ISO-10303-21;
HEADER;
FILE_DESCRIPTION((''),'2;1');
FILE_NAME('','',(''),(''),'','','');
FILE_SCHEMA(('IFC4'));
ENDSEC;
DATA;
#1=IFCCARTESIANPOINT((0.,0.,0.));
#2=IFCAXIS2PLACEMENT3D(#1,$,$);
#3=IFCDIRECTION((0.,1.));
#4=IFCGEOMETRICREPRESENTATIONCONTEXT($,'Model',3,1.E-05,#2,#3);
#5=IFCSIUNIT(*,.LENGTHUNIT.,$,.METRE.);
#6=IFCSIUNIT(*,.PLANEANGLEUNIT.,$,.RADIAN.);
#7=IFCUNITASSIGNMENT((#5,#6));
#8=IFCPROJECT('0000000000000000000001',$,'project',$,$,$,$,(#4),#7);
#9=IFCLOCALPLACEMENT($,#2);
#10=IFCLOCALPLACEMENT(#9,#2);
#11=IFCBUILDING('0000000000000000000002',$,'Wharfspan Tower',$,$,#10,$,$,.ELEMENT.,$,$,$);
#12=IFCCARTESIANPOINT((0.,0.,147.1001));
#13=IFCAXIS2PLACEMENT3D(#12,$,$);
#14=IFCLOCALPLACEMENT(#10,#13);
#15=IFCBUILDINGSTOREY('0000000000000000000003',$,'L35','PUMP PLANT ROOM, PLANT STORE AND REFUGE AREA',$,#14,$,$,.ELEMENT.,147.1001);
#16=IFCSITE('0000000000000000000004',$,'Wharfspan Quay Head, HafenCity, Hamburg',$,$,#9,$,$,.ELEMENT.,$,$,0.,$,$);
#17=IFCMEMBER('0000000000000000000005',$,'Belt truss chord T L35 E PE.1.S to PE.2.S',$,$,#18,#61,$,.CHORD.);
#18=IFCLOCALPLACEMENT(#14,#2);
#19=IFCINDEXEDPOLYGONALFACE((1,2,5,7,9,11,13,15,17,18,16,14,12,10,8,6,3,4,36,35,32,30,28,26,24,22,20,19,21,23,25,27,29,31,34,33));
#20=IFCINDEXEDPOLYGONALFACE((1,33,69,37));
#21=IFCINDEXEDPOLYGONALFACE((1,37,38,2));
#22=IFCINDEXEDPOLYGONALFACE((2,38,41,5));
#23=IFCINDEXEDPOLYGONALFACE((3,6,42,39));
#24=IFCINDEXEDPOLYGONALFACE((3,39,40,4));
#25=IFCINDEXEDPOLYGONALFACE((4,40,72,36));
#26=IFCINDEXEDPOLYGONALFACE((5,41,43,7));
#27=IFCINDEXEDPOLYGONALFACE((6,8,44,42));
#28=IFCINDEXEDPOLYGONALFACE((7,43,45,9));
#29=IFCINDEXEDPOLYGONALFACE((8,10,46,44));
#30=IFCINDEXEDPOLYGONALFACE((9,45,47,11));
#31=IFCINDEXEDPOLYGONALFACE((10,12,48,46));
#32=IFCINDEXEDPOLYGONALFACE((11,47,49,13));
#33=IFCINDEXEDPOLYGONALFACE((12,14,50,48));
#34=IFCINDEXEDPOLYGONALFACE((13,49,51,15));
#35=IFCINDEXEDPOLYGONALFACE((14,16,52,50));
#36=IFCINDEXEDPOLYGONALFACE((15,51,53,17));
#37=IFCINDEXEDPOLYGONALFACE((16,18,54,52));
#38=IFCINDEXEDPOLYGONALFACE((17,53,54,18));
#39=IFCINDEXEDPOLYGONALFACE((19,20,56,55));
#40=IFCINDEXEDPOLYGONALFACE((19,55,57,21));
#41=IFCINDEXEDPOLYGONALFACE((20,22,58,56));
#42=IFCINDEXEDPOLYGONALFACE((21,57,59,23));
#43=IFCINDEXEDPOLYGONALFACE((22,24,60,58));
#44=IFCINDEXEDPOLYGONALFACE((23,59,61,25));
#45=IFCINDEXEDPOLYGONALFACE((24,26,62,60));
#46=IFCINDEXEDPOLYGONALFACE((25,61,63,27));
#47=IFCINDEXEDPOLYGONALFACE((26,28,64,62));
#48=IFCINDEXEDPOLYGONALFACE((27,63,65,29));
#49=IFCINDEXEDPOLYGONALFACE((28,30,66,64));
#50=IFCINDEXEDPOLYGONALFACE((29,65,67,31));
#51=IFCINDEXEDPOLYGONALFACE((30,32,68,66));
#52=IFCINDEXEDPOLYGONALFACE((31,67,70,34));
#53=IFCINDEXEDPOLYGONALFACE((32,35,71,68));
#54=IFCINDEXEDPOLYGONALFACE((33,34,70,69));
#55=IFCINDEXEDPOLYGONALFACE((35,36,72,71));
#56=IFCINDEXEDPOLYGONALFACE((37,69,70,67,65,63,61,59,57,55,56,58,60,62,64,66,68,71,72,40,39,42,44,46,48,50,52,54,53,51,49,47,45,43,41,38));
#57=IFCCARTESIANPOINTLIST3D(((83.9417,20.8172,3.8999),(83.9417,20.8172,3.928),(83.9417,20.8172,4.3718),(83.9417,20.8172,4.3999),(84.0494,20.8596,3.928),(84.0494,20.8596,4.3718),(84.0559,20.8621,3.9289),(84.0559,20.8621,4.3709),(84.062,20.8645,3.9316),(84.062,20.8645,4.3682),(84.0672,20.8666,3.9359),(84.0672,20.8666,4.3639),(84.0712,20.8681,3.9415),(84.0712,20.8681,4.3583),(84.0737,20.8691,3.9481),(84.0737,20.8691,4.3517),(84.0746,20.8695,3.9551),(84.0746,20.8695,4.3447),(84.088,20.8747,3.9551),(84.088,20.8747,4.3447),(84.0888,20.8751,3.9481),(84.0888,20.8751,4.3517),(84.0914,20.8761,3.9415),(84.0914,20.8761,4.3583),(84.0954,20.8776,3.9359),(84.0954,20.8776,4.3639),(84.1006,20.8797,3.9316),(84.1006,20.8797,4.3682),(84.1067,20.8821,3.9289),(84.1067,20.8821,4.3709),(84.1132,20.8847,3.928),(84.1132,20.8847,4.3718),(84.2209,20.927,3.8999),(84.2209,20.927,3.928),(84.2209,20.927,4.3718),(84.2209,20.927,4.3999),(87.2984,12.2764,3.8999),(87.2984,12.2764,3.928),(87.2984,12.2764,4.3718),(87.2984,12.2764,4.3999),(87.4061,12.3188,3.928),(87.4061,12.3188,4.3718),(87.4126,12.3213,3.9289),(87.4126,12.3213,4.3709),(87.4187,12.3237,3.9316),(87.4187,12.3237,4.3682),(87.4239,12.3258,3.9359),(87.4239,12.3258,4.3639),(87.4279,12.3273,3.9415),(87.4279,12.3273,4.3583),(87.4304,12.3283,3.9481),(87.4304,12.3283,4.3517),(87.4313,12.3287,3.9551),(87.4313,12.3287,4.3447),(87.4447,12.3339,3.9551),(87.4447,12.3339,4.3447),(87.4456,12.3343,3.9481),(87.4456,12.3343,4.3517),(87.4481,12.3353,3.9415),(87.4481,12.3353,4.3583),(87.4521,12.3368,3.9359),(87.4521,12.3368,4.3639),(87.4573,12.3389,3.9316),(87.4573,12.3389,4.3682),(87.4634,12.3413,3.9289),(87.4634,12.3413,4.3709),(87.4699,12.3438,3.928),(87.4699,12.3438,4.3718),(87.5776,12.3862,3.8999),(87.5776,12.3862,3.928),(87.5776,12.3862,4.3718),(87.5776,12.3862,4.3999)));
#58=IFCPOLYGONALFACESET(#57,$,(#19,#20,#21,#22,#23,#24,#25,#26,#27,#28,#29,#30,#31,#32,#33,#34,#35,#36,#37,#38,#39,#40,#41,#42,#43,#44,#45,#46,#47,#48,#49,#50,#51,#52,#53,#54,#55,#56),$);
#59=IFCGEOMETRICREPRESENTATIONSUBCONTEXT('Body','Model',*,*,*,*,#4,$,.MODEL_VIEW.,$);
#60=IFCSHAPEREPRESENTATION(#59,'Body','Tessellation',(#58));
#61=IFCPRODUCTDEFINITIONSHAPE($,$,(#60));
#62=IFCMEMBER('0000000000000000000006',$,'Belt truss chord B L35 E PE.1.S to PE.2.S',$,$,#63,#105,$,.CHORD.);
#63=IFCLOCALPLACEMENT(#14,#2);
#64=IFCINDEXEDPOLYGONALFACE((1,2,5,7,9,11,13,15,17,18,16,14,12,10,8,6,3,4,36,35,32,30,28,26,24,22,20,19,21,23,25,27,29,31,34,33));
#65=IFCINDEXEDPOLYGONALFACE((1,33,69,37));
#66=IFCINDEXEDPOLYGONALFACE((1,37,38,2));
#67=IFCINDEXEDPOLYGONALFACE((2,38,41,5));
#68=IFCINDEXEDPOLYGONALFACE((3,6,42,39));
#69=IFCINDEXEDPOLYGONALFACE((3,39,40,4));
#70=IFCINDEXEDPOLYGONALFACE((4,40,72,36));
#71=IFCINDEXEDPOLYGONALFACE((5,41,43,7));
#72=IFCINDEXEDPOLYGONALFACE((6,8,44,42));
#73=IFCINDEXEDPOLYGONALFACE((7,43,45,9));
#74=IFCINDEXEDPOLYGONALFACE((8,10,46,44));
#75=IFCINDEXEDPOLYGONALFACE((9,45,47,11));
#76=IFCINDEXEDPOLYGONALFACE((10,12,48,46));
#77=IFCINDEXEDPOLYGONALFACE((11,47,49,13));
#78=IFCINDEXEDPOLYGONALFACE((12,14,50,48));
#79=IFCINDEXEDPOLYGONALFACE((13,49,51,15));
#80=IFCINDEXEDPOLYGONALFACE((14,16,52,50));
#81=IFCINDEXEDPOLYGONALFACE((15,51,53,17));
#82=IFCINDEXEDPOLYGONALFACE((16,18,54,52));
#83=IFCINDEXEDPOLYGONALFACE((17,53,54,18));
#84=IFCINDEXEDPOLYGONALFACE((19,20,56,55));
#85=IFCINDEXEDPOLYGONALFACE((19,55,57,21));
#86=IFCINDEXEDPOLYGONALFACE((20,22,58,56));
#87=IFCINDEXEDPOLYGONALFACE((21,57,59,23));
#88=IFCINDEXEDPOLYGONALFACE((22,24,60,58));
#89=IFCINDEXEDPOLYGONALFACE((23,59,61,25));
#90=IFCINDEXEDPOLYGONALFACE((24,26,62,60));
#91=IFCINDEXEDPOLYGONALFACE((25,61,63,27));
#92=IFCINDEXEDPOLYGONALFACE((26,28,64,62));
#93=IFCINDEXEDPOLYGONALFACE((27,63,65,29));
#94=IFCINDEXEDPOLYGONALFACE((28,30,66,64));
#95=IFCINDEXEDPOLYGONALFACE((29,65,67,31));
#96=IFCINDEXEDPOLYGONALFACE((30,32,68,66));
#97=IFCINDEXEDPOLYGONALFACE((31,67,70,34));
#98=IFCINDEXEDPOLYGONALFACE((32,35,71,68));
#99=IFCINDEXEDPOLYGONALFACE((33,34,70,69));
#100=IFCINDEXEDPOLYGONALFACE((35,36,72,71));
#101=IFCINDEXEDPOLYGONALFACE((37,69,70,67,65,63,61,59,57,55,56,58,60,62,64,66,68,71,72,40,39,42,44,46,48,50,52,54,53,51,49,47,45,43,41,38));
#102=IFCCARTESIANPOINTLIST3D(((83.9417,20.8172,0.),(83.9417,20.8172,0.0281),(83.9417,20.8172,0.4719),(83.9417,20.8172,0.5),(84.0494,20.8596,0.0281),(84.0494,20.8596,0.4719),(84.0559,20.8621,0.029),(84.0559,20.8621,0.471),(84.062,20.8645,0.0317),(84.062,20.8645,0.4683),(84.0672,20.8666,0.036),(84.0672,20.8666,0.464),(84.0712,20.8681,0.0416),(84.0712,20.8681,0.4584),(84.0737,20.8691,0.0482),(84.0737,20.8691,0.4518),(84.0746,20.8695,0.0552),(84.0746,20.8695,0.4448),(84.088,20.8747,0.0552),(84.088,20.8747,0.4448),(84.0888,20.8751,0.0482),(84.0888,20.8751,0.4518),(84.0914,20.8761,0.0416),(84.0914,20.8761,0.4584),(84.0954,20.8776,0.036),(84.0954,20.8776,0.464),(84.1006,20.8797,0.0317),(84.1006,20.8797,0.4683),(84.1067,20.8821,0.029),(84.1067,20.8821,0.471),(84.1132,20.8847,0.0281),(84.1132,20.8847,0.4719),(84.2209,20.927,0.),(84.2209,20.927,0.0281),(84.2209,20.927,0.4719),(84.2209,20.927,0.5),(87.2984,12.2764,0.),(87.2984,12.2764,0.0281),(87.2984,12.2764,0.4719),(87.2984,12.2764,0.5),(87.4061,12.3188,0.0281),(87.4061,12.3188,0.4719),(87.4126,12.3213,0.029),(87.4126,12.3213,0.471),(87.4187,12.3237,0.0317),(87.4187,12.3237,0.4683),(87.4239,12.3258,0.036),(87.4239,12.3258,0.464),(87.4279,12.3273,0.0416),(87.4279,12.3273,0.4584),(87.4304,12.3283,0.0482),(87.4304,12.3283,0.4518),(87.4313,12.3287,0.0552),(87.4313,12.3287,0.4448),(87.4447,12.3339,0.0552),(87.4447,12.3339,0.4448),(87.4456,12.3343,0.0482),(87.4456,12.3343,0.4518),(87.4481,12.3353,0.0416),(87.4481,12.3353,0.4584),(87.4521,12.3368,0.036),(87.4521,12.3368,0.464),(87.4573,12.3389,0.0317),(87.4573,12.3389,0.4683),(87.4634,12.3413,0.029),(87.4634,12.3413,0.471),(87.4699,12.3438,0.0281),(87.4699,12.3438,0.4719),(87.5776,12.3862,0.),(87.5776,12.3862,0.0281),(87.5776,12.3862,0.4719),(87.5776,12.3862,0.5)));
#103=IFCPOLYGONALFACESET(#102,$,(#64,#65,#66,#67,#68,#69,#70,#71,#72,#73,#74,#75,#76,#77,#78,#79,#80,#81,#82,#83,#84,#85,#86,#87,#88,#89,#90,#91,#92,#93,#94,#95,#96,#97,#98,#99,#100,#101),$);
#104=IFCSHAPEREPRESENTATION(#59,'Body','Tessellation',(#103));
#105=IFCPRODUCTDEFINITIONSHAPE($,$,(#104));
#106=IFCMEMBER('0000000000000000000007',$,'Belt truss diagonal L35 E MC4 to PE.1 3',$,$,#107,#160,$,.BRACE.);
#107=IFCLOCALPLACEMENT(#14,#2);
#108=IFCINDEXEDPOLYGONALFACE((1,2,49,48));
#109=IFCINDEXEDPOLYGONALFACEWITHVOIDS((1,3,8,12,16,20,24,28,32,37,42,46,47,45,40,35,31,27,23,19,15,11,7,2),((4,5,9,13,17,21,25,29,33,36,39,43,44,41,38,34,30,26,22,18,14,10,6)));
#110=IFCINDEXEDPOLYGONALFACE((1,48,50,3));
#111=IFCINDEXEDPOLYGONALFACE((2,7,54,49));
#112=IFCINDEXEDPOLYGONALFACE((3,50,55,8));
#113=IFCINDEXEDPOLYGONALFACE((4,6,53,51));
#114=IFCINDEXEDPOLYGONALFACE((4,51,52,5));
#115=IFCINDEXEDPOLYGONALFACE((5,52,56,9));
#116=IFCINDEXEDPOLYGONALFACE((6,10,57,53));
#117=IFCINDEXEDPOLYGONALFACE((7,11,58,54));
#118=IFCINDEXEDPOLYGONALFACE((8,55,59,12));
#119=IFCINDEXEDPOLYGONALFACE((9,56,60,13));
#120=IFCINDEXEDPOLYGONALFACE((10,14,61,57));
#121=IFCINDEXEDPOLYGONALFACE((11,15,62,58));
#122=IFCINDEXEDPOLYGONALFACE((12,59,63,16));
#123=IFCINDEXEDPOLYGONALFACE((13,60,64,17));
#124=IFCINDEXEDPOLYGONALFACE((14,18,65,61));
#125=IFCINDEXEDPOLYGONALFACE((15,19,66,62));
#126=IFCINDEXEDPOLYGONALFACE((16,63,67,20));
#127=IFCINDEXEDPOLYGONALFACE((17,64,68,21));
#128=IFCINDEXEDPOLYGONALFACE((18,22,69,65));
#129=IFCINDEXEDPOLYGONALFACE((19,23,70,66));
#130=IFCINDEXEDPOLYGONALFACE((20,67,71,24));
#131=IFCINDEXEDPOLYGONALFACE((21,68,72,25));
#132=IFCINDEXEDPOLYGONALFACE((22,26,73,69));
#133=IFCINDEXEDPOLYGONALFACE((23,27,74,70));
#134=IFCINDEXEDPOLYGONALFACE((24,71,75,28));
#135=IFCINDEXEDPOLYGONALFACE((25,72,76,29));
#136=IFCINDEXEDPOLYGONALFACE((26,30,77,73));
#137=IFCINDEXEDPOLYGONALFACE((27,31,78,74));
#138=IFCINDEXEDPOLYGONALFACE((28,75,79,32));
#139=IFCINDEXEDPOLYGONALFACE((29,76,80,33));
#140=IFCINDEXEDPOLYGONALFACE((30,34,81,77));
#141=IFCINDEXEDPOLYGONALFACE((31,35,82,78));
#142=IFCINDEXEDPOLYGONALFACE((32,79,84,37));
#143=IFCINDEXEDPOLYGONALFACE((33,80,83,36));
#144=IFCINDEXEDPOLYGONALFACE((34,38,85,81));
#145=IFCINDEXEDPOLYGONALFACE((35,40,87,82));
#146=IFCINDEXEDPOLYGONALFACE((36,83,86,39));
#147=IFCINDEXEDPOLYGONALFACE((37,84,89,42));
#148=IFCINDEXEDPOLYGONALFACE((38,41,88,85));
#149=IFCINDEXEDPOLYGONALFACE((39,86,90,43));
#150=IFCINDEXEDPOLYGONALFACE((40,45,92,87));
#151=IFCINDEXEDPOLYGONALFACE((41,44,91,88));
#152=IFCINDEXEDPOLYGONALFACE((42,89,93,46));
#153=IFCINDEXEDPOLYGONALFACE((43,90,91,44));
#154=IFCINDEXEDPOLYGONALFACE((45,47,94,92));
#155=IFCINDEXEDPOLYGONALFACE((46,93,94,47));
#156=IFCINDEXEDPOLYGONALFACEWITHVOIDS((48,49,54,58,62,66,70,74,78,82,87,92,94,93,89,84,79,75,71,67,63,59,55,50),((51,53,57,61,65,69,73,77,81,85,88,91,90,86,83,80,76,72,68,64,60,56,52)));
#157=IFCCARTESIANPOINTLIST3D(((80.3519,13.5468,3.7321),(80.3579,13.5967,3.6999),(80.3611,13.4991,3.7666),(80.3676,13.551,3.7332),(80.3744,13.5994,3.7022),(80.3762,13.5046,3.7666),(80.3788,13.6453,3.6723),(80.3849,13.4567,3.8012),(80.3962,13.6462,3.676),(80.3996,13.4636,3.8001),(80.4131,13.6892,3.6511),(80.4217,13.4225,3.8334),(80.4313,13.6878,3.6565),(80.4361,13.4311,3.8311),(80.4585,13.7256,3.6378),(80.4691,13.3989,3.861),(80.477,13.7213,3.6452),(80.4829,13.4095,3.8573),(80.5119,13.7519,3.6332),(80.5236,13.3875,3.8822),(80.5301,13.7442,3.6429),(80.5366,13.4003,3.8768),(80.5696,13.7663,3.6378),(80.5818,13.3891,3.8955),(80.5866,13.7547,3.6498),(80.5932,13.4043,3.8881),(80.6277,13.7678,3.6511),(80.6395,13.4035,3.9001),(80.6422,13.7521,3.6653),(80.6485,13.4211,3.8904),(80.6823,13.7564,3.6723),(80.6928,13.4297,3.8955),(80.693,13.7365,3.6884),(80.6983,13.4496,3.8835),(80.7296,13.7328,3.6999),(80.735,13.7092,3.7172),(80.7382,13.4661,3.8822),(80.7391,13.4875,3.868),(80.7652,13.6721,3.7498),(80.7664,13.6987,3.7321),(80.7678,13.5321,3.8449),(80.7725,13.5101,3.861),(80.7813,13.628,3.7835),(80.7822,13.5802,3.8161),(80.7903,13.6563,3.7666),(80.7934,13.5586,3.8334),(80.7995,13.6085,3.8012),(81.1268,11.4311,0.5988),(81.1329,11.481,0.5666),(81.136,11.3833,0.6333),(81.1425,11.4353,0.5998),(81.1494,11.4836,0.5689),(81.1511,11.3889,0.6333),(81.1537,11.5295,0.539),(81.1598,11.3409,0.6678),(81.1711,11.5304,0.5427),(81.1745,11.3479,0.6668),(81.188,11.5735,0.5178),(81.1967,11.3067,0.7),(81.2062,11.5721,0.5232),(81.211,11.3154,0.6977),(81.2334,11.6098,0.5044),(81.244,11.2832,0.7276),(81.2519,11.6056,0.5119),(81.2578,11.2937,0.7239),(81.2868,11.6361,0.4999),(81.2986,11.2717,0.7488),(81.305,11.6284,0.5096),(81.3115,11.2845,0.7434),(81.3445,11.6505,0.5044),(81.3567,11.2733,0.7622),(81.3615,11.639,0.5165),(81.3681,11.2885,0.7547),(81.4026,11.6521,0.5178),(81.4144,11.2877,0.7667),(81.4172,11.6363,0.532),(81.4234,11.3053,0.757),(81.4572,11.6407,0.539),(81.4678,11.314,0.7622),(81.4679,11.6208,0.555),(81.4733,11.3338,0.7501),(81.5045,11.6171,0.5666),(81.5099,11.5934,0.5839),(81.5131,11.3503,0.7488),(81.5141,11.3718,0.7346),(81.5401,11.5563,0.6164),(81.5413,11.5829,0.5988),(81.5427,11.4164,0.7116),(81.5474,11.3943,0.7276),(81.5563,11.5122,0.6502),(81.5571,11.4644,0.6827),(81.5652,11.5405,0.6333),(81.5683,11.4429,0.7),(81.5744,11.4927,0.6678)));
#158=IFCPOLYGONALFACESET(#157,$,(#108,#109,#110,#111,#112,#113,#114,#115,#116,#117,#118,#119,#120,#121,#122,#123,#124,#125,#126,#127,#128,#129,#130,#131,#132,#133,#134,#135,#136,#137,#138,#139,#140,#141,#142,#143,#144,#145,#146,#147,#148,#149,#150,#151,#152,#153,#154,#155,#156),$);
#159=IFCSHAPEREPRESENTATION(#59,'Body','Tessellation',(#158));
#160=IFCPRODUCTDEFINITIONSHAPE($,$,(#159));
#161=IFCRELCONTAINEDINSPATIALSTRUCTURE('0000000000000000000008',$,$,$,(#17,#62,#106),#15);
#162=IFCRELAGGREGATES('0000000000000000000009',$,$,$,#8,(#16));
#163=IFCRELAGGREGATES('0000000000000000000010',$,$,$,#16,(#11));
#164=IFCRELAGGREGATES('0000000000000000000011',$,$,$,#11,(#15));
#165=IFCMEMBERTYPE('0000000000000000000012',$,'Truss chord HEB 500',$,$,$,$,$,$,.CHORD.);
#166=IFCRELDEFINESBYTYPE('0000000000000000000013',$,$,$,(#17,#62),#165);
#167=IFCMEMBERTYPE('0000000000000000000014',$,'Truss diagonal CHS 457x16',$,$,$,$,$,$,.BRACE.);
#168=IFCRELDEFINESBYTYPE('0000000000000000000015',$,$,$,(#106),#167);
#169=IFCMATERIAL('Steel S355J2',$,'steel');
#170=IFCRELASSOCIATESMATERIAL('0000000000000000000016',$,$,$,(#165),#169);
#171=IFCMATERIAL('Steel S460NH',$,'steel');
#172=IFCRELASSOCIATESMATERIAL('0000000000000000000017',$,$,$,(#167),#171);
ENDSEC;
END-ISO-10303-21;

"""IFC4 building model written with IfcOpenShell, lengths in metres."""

from ifc_helpers import new_model, si_unit, direction, frame, origin, origin_2d, place, context, subcontext, project, spatial, hollow_circle, i_section, extrude, material, material_profile, profile_set, type_object, element, save


model = new_model("IFC4")

# Units and contexts
model_context = context("Model", 3, precision=1e-05, world=origin(), true_north=direction((0.0, 1.0)))
body_context = subcontext(model_context, "Body", "Model", "MODEL_VIEW")
ifc_project = project(units=[si_unit("LENGTHUNIT", "METRE"), si_unit("PLANEANGLEUNIT", "RADIAN")], contexts=[model_context])

# Site, building, storey
site_placement = place(None, origin())
site = spatial("IfcSite", under=ifc_project, at=site_placement, Name="Wharfspan Quay Head, HafenCity, Hamburg", CompositionType="ELEMENT", RefElevation=0.0)
building_placement = place(site_placement, origin())
building = spatial("IfcBuilding", under=site, at=building_placement, Name="Wharfspan Tower", CompositionType="ELEMENT")
storey_placement = place(building_placement, frame((0.0, 0.0, 147.1001)))
storey = spatial("IfcBuildingStorey", under=building, at=storey_placement, Name="L35", Description="PUMP PLANT ROOM, PLANT STORE AND REFUGE AREA", CompositionType="ELEMENT", Elevation=147.1001)

# Shared definitions
ifc_material_1 = material(Name="Steel S355J2", Category="steel")

# Members
ifc_material_profile_1 = material_profile(ifc_material_1, i_section(OverallWidth=0.3, OverallDepth=0.5, WebThickness=0.0144, FlangeThickness=0.0281, FilletRadius=0.0271, at=origin_2d()))
ifc_profile_set_1 = profile_set([ifc_material_profile_1], Name="Steel S355J2")
member_type_1 = type_object("IfcMemberType", Name="Truss chord HEB 500", PredefinedType="CHORD", material=ifc_profile_set_1)
for number, where, z_axis, x_axis, name in (
    (1, (87.438, 12.3313, 4.1499), (-0.365783, 0.9307, 0.0), (-0.9307, -0.365783, 0.0), "Belt truss chord T L35 E PE.1.S to PE.2.S"),
    (2, (87.438, 12.3313, 0.25), (-0.365783, 0.9307, 0.0), (-0.9307, -0.365783, 0.0), "Belt truss chord B L35 E PE.1.S to PE.2.S"),
):
    element("IfcMember", number, at=place(storey_placement, frame(where, z_axis=z_axis, x_axis=x_axis)), inside=storey, type_object=member_type_1, Name=name, PredefinedType="CHORD", context=body_context, shape_type="SweptSolid", body=[
        extrude(i_section(OverallWidth=0.3, OverallDepth=0.5, WebThickness=0.0144, FlangeThickness=0.0281, FilletRadius=0.0271, at=origin_2d()), origin(), (0.0, 0.0, 1.0), 9.1768),
    ])
ifc_material_2 = material(Name="Steel S460NH", Category="steel")
ifc_material_profile_2 = material_profile(ifc_material_2, hollow_circle(Radius=0.2285, WallThickness=0.0161, at=origin_2d()))
ifc_profile_set_2 = profile_set([ifc_material_profile_2], Name="Steel S460NH")
member_type_2 = type_object("IfcMemberType", Name="Truss diagonal CHS 457x16", PredefinedType="BRACE", material=ifc_profile_set_2)
for number, where, z_axis, x_axis, name in (
    (3, (81.3506, 11.4619, 0.6333), (-0.200787, 0.548212, 0.81188), (-0.938998, -0.343914, -0.000001), "Belt truss diagonal L35 E MC4 to PE.1 3"),
):
    element("IfcMember", number, at=place(storey_placement, frame(where, z_axis=z_axis, x_axis=x_axis)), inside=storey, type_object=member_type_2, Name=name, PredefinedType="BRACE", context=body_context, shape_type="SweptSolid", body=[
        extrude(hollow_circle(Radius=0.2285, WallThickness=0.0161, at=origin_2d()), origin(), (0.0, 0.0, 1.0), 3.8594),
    ])

save(model, "model.ifc")
